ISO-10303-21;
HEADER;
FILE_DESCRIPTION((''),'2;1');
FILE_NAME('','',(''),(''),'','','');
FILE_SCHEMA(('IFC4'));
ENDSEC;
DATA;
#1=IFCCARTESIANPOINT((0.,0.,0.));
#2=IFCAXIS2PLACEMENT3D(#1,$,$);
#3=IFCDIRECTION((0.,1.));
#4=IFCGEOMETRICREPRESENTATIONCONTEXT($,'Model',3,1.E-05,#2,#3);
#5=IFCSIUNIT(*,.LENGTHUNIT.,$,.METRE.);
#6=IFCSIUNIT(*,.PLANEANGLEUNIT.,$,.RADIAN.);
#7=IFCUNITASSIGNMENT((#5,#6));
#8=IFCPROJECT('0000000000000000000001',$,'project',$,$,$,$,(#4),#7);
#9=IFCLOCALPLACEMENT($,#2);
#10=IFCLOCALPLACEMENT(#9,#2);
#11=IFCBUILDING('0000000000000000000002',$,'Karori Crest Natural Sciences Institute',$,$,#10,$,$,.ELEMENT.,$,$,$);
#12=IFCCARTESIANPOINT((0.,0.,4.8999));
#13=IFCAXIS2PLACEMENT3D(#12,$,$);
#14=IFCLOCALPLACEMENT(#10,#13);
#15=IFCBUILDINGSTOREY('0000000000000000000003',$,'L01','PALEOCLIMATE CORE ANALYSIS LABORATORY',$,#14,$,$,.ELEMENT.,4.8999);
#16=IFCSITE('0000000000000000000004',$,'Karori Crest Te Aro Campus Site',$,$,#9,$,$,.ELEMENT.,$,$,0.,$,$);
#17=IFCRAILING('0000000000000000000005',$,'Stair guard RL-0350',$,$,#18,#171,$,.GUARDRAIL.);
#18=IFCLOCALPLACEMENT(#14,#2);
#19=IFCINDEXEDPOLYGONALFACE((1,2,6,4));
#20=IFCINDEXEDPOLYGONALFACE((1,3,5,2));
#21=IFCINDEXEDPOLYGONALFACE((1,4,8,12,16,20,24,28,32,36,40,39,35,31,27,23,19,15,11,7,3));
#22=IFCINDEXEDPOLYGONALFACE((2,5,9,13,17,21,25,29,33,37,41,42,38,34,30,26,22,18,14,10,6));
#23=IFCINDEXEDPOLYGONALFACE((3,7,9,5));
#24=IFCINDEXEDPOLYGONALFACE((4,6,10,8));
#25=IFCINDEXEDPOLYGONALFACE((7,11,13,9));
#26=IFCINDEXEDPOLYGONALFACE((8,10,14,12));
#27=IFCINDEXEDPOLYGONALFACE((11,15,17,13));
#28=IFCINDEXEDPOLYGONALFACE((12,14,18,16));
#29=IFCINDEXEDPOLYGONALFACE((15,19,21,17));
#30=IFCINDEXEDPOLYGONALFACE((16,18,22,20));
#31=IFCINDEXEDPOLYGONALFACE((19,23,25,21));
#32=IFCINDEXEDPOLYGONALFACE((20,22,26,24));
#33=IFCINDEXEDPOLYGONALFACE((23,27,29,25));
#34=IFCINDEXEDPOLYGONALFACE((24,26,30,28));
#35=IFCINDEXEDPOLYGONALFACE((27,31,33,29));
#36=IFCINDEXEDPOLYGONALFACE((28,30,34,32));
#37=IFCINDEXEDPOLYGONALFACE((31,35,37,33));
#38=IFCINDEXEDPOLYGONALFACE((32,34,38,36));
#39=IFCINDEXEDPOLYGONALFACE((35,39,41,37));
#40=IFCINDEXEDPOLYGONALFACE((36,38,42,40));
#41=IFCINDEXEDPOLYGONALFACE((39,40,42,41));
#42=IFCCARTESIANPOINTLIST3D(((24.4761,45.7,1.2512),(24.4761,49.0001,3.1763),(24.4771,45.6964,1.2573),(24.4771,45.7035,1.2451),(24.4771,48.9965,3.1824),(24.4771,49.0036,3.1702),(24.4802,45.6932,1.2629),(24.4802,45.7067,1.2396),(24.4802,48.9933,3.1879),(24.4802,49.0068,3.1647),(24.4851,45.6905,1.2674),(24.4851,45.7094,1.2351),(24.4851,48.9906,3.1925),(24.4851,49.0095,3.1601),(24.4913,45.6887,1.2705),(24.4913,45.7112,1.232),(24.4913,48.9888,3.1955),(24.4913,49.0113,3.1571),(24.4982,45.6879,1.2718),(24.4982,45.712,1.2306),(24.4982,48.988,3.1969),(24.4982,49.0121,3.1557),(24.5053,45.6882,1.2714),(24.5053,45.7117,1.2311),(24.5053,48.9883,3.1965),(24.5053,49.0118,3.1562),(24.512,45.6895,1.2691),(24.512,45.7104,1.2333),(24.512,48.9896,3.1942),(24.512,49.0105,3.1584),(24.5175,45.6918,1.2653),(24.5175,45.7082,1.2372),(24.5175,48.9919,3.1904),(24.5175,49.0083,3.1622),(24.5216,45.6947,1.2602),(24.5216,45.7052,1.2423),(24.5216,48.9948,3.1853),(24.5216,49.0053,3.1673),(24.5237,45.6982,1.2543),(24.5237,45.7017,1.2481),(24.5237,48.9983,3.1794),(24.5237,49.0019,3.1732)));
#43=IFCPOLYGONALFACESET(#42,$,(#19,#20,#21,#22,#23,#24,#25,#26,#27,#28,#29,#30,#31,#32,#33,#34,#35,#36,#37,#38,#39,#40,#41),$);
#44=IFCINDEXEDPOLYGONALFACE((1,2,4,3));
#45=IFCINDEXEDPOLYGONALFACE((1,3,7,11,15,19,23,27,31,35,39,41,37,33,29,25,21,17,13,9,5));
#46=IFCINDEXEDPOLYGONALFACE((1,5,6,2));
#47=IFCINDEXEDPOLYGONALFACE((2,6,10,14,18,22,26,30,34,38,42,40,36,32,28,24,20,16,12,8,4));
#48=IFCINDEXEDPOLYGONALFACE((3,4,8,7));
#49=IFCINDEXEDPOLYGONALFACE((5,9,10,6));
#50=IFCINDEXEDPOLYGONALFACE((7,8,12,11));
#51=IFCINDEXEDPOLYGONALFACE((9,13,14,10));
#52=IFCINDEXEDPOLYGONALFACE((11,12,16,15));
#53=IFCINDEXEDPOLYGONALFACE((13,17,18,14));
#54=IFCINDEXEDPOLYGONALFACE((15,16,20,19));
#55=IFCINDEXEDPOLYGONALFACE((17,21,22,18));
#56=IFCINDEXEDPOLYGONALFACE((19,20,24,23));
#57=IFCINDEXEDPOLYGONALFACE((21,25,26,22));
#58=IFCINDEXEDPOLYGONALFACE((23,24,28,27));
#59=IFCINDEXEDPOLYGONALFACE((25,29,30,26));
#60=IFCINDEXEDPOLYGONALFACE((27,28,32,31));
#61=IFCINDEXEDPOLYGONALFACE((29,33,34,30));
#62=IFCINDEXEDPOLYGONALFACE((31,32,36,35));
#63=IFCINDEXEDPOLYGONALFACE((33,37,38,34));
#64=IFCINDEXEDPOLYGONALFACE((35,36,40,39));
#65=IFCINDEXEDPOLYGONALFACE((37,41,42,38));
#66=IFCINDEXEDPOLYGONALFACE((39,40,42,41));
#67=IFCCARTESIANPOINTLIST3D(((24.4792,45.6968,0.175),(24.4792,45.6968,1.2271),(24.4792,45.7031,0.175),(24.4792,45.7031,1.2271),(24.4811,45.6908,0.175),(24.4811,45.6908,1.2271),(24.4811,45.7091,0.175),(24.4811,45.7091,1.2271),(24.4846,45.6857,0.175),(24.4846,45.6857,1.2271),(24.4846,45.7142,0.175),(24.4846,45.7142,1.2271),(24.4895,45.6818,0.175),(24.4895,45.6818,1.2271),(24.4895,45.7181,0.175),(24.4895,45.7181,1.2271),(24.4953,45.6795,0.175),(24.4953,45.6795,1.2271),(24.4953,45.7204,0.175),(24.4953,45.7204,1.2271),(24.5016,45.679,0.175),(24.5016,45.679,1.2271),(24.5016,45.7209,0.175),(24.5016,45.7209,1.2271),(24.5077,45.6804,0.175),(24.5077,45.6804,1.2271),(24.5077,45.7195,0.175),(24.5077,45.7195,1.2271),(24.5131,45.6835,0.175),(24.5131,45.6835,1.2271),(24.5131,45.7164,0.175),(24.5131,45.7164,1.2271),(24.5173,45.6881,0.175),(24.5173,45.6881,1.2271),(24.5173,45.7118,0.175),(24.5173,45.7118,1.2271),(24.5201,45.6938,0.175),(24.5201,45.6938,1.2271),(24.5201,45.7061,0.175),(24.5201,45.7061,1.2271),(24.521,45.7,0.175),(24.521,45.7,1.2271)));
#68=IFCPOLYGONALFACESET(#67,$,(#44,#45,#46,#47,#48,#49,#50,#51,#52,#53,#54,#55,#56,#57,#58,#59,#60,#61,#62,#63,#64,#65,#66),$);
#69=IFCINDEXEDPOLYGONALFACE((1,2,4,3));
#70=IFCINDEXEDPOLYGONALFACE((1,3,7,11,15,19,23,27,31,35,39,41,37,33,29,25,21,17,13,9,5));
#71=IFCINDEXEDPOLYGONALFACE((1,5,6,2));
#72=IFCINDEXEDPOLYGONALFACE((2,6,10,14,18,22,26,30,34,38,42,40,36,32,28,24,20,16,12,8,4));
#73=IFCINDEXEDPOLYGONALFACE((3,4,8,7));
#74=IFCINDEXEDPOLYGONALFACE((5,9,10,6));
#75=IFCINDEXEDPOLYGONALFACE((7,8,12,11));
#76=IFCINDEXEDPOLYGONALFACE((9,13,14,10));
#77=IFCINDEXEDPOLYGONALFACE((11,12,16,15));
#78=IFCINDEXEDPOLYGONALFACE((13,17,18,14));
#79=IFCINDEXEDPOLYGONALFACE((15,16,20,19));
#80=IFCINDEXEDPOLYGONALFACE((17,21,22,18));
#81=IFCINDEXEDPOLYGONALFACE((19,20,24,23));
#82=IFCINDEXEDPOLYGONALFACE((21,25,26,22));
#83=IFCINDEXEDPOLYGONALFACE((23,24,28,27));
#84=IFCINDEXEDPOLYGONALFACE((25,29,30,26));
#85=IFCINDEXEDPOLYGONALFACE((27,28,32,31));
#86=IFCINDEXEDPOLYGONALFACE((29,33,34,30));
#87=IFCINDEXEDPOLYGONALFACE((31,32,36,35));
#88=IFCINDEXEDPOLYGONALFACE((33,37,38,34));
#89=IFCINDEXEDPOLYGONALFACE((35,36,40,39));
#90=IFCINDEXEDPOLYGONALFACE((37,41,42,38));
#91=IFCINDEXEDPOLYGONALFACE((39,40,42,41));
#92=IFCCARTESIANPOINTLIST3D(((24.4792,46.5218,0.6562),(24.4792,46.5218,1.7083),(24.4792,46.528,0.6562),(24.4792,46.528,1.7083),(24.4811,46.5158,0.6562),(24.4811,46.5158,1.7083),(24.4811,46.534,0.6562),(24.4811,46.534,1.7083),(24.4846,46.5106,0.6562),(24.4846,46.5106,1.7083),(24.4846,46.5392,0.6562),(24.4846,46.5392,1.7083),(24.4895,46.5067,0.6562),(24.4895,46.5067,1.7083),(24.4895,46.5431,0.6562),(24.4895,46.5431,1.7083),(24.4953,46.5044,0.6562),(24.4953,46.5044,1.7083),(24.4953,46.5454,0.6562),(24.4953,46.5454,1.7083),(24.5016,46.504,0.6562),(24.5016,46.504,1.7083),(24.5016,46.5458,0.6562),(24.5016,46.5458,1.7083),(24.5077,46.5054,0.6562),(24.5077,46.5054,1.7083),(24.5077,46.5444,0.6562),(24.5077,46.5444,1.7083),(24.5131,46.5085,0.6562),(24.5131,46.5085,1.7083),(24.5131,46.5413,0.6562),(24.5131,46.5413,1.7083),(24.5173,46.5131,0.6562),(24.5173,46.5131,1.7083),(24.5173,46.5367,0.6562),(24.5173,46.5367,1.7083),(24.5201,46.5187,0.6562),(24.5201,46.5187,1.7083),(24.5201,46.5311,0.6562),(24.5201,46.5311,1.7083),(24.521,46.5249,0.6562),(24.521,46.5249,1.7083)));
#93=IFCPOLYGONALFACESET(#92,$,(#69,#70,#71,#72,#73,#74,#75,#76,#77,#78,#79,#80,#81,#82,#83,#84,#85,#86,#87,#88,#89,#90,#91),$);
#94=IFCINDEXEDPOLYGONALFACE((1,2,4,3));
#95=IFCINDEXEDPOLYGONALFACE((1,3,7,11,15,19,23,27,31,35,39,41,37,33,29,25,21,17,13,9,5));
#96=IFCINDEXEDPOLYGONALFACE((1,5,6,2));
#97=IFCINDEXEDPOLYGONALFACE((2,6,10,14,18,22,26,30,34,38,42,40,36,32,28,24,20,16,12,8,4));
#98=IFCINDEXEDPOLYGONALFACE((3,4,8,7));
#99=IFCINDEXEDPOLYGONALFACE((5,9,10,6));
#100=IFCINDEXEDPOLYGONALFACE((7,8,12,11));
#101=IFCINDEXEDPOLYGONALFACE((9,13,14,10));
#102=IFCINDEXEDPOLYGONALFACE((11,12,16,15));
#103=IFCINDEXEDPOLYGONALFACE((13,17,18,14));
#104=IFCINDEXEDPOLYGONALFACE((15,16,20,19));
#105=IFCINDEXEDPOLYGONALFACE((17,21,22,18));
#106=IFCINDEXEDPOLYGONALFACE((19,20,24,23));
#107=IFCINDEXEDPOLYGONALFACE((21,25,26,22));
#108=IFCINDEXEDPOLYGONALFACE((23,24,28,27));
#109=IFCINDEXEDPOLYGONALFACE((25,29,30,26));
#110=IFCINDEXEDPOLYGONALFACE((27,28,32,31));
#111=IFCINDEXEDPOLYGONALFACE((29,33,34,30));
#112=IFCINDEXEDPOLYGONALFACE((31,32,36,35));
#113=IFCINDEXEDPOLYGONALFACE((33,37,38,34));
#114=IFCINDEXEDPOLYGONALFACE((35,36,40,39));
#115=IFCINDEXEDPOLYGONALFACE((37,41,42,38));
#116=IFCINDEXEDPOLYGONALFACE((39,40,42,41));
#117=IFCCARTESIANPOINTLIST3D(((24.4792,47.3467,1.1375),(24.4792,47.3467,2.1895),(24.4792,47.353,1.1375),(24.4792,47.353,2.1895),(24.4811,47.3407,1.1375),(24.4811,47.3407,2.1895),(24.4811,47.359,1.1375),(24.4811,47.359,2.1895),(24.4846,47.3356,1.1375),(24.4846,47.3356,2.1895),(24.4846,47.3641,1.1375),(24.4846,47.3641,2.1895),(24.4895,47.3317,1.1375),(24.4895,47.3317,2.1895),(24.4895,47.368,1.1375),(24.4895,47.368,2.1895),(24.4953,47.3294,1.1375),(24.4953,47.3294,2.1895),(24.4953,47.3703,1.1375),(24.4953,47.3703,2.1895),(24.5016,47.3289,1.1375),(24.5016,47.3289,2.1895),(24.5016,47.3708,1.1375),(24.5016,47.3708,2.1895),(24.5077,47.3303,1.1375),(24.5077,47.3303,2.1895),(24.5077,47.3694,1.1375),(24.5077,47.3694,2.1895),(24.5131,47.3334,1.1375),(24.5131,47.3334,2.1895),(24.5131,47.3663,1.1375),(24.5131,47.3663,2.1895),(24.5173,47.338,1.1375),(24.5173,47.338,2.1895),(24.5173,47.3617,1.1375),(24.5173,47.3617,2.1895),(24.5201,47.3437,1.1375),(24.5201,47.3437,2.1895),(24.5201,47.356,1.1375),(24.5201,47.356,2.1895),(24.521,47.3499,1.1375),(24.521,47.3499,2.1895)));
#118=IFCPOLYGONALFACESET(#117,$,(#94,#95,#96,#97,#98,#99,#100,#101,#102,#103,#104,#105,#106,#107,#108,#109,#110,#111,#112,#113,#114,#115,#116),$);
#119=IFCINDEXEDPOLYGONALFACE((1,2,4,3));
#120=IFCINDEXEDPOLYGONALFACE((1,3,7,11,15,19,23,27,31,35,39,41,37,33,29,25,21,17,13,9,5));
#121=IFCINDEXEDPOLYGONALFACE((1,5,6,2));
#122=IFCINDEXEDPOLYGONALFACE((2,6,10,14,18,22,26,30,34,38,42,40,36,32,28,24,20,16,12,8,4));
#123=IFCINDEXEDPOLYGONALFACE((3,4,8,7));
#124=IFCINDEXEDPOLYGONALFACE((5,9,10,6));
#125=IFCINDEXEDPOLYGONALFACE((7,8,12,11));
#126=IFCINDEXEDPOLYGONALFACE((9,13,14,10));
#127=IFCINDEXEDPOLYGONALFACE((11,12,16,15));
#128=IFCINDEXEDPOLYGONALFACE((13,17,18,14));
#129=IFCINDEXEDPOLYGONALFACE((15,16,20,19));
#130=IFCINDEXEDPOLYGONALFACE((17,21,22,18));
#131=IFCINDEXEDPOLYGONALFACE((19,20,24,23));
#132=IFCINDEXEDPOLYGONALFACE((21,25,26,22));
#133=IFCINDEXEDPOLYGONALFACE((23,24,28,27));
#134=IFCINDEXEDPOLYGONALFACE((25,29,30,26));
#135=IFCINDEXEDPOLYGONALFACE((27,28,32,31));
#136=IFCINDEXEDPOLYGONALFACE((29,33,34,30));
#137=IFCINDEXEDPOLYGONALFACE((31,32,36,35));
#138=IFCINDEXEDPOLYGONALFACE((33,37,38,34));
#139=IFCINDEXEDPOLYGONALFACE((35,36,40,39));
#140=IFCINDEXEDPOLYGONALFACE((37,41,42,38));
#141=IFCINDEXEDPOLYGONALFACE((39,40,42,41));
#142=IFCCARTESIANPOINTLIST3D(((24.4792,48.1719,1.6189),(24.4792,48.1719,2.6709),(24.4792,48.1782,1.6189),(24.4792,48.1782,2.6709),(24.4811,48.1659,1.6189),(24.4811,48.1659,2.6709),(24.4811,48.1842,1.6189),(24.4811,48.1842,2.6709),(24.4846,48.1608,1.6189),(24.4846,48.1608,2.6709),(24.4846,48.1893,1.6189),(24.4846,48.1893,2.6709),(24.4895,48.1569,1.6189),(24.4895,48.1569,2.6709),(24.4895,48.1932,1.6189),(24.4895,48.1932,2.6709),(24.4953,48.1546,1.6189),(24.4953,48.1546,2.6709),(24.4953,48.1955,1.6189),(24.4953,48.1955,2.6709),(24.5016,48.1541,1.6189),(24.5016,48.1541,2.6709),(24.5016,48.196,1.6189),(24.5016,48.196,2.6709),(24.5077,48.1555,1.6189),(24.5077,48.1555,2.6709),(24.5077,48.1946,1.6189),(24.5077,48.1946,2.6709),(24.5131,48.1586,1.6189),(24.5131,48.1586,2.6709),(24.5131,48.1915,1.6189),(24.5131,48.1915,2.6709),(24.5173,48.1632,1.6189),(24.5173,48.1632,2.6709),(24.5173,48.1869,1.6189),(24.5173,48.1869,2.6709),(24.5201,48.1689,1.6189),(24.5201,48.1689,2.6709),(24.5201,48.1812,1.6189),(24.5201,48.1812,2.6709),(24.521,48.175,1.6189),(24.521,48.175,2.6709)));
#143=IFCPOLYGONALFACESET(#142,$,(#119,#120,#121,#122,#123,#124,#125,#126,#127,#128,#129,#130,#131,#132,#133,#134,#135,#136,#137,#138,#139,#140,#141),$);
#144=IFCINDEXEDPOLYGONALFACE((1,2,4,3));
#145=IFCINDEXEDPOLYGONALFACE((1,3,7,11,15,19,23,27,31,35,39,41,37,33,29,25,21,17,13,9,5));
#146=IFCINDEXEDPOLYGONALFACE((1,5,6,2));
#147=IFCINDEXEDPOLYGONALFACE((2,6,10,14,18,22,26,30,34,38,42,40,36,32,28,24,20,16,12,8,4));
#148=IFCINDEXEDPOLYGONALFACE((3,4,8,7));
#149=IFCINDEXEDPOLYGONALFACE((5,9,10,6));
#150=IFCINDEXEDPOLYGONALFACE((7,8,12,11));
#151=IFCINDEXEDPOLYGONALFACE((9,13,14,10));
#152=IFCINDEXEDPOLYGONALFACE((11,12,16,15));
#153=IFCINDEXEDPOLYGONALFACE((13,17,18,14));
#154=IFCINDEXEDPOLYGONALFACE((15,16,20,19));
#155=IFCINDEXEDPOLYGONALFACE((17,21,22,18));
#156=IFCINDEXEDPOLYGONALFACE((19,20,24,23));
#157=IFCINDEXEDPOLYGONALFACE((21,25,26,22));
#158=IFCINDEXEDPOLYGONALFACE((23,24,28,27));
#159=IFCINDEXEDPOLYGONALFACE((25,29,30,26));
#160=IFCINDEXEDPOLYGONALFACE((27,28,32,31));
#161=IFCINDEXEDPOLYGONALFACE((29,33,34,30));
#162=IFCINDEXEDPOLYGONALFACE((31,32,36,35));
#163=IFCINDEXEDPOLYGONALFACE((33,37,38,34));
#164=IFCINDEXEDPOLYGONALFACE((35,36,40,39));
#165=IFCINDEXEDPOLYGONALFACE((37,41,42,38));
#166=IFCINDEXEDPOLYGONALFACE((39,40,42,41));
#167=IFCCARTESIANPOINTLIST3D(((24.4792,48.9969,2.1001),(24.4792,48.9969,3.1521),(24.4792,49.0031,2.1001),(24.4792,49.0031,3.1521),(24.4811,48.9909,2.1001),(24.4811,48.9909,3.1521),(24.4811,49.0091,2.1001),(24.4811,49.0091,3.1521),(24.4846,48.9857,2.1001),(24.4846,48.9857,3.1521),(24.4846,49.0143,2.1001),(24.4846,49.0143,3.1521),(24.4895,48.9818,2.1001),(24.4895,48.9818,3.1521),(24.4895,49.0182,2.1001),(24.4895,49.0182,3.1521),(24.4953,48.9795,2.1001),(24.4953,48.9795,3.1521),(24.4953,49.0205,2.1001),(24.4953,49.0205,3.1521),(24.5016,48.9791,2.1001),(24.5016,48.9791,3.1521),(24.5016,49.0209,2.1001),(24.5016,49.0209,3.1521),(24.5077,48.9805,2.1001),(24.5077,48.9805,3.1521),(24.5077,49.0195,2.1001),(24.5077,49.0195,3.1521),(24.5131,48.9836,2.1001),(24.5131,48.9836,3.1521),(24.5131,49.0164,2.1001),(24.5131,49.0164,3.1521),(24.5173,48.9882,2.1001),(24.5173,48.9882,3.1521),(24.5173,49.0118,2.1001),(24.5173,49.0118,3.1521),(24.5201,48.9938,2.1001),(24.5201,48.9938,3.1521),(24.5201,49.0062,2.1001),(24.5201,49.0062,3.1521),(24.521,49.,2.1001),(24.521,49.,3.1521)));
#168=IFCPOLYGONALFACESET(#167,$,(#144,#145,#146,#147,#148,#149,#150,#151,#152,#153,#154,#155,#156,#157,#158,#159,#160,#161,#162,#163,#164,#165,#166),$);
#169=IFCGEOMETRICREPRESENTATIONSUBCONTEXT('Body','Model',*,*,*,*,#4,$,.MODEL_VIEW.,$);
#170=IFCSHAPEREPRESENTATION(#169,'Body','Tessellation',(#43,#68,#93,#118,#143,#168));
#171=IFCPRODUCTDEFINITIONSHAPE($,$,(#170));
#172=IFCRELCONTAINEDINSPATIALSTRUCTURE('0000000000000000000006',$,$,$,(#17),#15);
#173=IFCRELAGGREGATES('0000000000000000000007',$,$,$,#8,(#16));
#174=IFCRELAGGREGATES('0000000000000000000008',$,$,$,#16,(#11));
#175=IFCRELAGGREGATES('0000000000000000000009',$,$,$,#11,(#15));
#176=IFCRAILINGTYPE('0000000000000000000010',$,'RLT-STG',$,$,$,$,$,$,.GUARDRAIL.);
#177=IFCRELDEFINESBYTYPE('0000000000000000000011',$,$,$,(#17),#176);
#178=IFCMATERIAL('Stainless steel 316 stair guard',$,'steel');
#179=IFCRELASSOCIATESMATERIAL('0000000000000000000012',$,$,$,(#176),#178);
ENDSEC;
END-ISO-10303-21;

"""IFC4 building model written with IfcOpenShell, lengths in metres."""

from ifc_helpers import new_model, si_unit, direction, frame, origin, origin_2d, place, context, subcontext, project, spatial, circle, extrude, material, type_object, element, save


model = new_model("IFC4")

# Units and contexts
model_context = context("Model", 3, precision=1e-05, world=origin(), true_north=direction((0.0, 1.0)))
body_context = subcontext(model_context, "Body", "Model", "MODEL_VIEW")
ifc_project = project(units=[si_unit("LENGTHUNIT", "METRE"), si_unit("PLANEANGLEUNIT", "RADIAN")], contexts=[model_context])

# Site, building, storey
site_placement = place(None, origin())
site = spatial("IfcSite", under=ifc_project, at=site_placement, Name="Karori Crest Te Aro Campus Site", CompositionType="ELEMENT", RefElevation=0.0)
building_placement = place(site_placement, origin())
building = spatial("IfcBuilding", under=site, at=building_placement, Name="Karori Crest Natural Sciences Institute", CompositionType="ELEMENT")
storey_placement = place(building_placement, frame((0.0, 0.0, 4.8999)))
storey = spatial("IfcBuildingStorey", under=building, at=storey_placement, Name="L01", Description="PALEOCLIMATE CORE ANALYSIS LABORATORY", CompositionType="ELEMENT", Elevation=4.8999)

# Railing
ifc_material_1 = material(Name="Stainless steel 316 stair guard", Category="steel")
railing_type_1 = type_object("IfcRailingType", Name="RLT-STG", PredefinedType="GUARDRAIL", material=ifc_material_1)
railing_1_placement = place(storey_placement, frame((24.5, 45.7, 0.175)))
element("IfcRailing", 1, at=railing_1_placement, inside=storey, type_object=railing_type_1, Name="Stair guard RL-0350", PredefinedType="GUARDRAIL", context=body_context, shape_type="SweptSolid", body=[
    extrude(circle(Radius=0.0239, at=origin_2d()), frame((0.0, 0.0, 1.0762), z_axis=(0.0, 0.863777, 0.503875), x_axis=(-1.0, 0.0, 0.0)), (0.0, 0.0, 1.0), 3.8206),
    extrude(circle(Radius=0.021, at=origin_2d()), origin(), (0.0, 0.0, 1.0), 1.052),
    extrude(circle(Radius=0.021, at=origin_2d()), frame((0.0, 0.825, 0.4812)), (0.0, 0.0, 1.0), 1.052),
    extrude(circle(Radius=0.021, at=origin_2d()), frame((0.0, 1.6499, 0.9624)), (0.0, 0.0, 1.0), 1.052),
    extrude(circle(Radius=0.021, at=origin_2d()), frame((0.0, 2.4751, 1.4438)), (0.0, 0.0, 1.0), 1.052),
    extrude(circle(Radius=0.021, at=origin_2d()), frame((0.0, 3.3, 1.925)), (0.0, 0.0, 1.0), 1.052),
])

save(model, "model.ifc")
